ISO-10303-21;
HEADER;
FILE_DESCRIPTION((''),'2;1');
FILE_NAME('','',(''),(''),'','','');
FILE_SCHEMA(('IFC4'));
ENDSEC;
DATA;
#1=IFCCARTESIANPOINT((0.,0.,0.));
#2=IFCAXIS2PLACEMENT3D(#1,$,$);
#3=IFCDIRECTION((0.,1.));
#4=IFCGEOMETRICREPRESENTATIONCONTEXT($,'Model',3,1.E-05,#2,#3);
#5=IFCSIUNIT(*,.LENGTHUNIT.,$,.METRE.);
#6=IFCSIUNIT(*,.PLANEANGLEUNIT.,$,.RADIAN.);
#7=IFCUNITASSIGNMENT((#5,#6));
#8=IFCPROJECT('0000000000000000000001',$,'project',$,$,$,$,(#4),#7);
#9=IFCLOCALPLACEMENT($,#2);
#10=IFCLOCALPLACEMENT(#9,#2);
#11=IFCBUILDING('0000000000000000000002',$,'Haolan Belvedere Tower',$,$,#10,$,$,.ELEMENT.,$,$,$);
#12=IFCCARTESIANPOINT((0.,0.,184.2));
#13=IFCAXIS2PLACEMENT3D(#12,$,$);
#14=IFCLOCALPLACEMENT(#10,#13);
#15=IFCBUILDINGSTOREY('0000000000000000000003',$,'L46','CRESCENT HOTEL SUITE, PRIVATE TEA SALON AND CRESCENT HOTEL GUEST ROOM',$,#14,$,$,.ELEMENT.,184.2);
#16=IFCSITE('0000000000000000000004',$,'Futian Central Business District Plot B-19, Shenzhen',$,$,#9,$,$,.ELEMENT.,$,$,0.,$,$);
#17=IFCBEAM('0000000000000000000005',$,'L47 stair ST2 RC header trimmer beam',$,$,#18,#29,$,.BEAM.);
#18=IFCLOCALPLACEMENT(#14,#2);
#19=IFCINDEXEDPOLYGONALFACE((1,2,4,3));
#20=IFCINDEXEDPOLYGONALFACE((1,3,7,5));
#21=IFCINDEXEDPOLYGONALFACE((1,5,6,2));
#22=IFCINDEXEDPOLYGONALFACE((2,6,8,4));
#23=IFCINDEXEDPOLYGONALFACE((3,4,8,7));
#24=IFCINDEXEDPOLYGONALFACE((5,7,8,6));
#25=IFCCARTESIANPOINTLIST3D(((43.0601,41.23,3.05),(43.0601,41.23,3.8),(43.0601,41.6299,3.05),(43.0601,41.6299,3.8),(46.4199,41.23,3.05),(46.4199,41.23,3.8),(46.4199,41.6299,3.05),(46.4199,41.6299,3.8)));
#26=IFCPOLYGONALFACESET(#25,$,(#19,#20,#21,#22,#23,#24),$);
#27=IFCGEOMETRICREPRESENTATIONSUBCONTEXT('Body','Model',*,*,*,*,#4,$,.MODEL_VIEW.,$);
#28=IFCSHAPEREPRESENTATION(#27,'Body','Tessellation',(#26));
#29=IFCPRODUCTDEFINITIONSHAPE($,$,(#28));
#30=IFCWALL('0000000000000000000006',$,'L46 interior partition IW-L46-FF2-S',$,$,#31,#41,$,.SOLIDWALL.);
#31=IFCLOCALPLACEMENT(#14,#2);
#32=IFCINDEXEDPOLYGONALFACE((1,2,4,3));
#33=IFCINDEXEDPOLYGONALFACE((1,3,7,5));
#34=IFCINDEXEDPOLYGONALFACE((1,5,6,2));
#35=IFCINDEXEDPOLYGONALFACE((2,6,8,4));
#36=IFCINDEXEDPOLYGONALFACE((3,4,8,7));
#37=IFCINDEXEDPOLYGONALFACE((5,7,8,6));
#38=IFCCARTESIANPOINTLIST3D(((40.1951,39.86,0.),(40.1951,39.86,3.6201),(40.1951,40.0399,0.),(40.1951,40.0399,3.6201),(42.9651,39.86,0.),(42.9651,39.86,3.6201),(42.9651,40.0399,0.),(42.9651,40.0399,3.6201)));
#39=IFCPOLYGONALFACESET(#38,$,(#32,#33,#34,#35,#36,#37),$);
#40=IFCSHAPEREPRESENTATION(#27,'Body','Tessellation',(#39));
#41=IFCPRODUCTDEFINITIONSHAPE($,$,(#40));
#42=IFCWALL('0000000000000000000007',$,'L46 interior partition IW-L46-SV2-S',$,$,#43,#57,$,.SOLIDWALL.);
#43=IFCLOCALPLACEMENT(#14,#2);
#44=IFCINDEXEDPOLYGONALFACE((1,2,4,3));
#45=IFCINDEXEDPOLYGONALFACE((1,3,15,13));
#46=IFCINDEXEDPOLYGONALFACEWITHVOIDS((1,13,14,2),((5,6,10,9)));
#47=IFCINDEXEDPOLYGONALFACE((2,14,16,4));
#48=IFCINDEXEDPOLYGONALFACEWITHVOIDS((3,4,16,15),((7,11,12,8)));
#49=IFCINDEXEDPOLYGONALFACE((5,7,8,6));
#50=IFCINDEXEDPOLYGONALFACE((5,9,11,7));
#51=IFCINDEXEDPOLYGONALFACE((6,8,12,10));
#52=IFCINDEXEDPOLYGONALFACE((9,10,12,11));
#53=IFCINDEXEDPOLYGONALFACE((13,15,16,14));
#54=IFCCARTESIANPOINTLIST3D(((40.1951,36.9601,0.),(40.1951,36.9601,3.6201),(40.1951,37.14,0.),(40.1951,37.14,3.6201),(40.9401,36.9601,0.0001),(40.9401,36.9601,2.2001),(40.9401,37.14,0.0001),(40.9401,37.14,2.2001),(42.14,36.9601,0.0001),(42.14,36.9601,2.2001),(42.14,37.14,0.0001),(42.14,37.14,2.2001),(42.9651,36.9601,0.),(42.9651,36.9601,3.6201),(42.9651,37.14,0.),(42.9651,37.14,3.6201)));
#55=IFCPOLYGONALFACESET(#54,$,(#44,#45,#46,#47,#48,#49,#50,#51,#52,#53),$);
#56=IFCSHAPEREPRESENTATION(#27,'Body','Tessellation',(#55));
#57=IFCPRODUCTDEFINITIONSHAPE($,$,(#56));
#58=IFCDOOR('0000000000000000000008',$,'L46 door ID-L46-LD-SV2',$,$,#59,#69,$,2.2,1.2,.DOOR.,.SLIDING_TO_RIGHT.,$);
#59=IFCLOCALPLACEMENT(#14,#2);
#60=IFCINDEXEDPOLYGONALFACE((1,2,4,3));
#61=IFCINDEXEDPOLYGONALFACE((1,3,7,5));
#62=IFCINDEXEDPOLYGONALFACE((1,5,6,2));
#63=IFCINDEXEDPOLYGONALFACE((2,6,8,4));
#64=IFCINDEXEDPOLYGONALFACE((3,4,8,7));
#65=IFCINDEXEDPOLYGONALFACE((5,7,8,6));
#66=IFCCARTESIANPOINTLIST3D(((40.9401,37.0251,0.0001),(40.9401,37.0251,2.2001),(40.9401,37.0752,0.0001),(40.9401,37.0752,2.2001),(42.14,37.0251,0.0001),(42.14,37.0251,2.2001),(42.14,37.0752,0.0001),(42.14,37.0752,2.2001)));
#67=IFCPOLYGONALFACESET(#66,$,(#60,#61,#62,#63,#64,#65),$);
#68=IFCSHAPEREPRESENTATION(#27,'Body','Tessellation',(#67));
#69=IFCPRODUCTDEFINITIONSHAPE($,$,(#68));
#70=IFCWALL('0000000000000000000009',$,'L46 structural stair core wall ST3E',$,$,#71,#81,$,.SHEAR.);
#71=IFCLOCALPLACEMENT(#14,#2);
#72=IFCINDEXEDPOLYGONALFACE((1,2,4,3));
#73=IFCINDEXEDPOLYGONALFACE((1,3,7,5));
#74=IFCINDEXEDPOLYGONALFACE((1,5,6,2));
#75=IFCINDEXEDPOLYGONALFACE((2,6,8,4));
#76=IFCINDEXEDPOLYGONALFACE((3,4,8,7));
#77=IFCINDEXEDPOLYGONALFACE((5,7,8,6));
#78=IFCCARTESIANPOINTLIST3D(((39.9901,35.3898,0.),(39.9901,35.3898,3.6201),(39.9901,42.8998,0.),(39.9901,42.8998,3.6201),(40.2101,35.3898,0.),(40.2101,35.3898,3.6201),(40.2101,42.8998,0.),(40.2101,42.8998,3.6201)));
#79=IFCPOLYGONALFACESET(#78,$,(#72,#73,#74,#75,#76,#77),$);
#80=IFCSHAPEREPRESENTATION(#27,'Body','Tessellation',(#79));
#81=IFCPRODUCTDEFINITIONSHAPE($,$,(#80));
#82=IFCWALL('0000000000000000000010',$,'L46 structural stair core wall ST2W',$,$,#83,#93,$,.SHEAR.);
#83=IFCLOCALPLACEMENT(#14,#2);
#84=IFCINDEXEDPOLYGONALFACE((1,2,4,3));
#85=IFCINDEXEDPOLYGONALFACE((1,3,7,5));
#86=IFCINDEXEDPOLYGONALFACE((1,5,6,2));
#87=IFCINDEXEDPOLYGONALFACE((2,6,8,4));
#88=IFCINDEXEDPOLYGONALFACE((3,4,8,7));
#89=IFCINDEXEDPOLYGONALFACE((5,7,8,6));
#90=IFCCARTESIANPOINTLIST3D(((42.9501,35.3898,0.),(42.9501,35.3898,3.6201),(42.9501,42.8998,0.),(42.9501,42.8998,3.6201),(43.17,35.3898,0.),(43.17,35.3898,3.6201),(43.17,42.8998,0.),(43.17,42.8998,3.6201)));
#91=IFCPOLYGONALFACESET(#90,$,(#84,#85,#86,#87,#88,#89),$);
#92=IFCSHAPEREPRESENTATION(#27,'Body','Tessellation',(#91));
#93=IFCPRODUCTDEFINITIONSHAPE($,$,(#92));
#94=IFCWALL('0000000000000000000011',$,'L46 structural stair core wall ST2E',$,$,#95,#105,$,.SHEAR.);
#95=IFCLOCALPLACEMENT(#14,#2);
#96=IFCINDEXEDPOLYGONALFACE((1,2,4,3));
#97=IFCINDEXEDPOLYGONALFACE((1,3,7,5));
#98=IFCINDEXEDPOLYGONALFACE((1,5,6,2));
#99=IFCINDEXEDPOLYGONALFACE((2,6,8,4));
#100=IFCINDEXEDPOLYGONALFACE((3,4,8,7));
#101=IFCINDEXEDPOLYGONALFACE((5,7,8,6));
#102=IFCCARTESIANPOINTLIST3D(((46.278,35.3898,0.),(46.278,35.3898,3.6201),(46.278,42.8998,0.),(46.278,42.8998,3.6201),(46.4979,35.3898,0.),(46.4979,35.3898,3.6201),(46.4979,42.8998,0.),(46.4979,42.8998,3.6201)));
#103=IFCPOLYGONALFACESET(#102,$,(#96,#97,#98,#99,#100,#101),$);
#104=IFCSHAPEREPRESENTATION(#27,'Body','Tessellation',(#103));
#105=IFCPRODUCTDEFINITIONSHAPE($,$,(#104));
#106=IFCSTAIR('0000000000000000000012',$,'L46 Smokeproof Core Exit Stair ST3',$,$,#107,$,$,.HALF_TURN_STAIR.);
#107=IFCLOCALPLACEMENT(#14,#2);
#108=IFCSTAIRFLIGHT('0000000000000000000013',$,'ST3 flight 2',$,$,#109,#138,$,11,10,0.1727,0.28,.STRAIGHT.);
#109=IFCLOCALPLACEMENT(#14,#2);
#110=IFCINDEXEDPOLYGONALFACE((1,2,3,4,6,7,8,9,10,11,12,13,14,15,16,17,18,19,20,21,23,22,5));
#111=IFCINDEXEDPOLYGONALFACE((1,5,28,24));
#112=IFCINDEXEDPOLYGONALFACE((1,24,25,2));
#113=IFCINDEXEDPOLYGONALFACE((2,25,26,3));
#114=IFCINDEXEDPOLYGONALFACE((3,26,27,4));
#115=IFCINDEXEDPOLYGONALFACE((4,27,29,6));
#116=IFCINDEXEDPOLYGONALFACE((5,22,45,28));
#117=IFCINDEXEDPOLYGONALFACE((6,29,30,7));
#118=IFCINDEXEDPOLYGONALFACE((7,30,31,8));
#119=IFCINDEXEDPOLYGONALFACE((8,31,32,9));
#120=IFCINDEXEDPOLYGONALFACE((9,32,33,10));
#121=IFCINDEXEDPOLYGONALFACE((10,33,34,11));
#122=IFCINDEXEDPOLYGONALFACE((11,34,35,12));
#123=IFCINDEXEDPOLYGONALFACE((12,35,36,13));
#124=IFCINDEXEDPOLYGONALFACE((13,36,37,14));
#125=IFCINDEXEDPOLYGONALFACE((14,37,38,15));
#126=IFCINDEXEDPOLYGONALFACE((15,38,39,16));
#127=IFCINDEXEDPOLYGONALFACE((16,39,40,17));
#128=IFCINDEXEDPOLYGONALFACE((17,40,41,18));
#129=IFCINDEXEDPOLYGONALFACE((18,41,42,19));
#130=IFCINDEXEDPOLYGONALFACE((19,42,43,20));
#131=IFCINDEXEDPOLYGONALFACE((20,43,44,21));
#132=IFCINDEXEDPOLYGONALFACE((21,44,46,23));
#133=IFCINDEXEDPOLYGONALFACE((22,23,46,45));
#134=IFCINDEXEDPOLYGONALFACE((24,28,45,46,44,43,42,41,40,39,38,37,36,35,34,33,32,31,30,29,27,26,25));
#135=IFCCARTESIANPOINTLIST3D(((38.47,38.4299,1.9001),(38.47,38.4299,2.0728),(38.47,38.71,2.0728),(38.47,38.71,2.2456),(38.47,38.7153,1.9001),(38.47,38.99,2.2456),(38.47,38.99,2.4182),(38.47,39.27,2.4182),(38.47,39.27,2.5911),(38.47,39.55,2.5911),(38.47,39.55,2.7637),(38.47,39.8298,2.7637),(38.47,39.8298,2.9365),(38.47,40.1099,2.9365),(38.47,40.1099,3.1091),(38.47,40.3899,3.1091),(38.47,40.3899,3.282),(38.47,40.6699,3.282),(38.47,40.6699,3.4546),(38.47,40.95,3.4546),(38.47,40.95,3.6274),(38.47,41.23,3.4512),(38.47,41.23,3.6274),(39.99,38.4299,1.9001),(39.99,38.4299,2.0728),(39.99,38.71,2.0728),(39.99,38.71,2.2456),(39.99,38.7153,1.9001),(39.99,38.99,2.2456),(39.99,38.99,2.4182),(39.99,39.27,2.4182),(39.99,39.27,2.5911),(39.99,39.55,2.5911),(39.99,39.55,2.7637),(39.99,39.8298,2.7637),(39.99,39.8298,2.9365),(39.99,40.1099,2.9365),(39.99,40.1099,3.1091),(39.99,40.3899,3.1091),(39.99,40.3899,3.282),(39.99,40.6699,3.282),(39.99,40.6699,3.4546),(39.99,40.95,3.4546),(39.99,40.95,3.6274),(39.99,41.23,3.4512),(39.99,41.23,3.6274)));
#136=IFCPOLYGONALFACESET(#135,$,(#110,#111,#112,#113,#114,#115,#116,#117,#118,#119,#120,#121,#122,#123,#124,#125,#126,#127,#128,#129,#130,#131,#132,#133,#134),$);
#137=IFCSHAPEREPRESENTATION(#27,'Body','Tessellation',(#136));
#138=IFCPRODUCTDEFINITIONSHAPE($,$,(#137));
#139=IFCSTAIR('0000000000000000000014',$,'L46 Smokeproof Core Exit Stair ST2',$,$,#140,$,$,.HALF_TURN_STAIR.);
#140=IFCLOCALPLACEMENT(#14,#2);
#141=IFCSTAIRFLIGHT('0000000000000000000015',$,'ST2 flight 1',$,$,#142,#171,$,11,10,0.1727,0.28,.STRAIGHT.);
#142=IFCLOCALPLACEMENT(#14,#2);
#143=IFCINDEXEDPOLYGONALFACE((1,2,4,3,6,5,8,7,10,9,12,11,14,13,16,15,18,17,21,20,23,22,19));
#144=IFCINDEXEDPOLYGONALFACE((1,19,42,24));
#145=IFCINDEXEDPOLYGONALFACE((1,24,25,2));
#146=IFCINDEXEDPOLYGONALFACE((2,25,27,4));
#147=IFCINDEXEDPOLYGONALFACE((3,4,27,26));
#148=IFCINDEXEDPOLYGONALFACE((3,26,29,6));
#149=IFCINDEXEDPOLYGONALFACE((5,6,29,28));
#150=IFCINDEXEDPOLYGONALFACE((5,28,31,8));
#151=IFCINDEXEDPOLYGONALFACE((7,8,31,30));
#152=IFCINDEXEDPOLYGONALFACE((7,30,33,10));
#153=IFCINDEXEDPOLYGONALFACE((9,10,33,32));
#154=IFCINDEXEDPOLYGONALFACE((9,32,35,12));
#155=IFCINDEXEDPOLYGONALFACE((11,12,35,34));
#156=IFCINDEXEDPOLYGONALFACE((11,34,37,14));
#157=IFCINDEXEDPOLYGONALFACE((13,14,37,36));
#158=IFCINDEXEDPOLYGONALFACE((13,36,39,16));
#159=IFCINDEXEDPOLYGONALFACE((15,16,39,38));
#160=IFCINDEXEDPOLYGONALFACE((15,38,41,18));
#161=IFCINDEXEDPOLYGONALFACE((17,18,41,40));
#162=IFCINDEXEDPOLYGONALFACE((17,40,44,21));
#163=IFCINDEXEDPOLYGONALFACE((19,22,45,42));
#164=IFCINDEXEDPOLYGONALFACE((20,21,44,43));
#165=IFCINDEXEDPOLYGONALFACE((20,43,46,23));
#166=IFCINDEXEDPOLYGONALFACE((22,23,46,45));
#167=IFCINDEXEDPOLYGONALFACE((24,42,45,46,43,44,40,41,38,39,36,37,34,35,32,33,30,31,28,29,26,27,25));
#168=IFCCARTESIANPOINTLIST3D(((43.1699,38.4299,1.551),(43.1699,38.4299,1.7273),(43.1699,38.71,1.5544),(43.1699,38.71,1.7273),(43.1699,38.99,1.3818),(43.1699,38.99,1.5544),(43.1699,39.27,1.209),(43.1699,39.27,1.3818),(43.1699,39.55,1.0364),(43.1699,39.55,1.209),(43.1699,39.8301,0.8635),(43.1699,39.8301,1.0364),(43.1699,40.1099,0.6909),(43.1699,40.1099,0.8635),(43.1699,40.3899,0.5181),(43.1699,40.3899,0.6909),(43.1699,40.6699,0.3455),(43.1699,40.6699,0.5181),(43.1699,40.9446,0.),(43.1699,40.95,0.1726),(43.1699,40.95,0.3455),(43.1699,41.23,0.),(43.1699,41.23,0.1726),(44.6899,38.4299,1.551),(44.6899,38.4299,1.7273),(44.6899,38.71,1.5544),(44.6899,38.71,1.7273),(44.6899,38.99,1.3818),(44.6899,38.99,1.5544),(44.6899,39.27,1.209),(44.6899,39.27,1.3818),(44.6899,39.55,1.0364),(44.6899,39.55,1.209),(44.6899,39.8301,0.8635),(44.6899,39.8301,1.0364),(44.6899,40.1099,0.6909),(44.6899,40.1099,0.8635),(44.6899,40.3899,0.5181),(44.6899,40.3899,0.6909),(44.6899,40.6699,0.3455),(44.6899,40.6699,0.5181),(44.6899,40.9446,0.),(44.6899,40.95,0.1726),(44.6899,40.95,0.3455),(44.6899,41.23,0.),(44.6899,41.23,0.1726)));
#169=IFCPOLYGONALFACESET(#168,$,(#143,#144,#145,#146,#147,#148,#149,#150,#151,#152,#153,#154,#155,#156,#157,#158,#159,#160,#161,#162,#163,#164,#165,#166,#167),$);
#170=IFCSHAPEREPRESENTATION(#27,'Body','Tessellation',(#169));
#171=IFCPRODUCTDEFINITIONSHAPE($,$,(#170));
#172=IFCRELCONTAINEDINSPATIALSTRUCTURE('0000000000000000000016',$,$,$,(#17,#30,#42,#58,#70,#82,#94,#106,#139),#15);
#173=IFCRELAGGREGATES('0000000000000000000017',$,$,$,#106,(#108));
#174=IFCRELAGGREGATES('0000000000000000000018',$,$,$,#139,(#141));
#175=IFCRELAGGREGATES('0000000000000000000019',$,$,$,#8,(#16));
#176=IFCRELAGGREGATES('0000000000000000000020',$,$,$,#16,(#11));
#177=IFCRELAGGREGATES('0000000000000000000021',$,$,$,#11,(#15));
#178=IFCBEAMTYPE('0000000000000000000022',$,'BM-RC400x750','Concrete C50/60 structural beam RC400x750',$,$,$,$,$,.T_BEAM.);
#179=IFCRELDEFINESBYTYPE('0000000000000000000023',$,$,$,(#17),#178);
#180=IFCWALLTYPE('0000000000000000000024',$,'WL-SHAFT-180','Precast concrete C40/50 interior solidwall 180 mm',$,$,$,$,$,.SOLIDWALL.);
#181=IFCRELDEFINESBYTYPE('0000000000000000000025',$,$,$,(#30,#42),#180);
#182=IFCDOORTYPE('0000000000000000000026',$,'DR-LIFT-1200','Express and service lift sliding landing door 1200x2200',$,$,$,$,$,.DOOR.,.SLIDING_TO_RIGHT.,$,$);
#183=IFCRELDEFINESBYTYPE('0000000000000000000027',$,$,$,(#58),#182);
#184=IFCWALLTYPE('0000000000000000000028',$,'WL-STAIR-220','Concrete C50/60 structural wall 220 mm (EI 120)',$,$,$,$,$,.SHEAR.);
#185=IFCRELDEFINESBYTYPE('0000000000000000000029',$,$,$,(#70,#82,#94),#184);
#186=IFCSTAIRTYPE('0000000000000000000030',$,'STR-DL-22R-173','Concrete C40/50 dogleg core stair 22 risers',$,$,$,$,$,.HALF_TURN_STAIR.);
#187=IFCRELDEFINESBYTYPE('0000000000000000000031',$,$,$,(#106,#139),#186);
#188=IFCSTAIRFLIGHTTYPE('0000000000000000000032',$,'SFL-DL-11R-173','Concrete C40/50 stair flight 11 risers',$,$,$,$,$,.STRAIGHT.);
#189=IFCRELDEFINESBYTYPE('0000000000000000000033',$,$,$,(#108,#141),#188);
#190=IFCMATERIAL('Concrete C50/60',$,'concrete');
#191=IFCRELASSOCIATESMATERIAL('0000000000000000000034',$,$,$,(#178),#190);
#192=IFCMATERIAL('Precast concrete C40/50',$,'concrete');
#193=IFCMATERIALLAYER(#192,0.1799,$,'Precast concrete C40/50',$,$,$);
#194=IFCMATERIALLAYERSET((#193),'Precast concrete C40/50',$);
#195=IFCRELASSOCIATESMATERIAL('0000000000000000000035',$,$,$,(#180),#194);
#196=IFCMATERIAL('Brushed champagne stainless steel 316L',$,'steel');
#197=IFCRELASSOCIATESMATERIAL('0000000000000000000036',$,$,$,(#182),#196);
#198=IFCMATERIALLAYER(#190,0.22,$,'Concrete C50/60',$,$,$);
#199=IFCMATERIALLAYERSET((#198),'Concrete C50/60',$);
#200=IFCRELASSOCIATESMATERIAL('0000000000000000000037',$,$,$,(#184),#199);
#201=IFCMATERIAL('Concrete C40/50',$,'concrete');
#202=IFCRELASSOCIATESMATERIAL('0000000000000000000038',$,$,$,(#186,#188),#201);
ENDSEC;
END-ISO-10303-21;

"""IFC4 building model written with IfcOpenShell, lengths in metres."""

from ifc_helpers import new_model, si_unit, direction, frame, frame_2d, origin, origin_2d, place, context, subcontext, project, spatial, polyline, rectangle, outline, extrude, material, layer, layer_set, material_profile, profile_set, type_object, element, fill, aggregate, save


model = new_model("IFC4")

# Units and contexts
model_context = context("Model", 3, precision=1e-05, world=origin(), true_north=direction((0.0, 1.0)))
body_context = subcontext(model_context, "Body", "Model", "MODEL_VIEW")
ifc_project = project(units=[si_unit("LENGTHUNIT", "METRE"), si_unit("PLANEANGLEUNIT", "RADIAN")], contexts=[model_context])

# Site, building, storey
site_placement = place(None, origin())
site = spatial("IfcSite", under=ifc_project, at=site_placement, Name="Futian Central Business District Plot B-19, Shenzhen", CompositionType="ELEMENT", RefElevation=0.0)
building_placement = place(site_placement, origin())
building = spatial("IfcBuilding", under=site, at=building_placement, Name="Haolan Belvedere Tower", CompositionType="ELEMENT")
storey_placement = place(building_placement, frame((0.0, 0.0, 184.2)))
storey = spatial("IfcBuildingStorey", under=building, at=storey_placement, Name="L46", Description="CRESCENT HOTEL SUITE, PRIVATE TEA SALON AND CRESCENT HOTEL GUEST ROOM", CompositionType="ELEMENT", Elevation=184.2)

# Beam
ifc_material_1 = material(Name="Concrete C50/60", Category="concrete")
ifc_material_profile = material_profile(ifc_material_1, rectangle(XDim=0.3999, YDim=0.75, at=origin_2d()), Name="Concrete C50/60")
ifc_profile_set = profile_set([ifc_material_profile], Name="Concrete C50/60")
beam_type = type_object("IfcBeamType", Name="BM-RC400x750", Description="Concrete C50/60 structural beam RC400x750", PredefinedType="T_BEAM", material=ifc_profile_set)
beam_placement = place(storey_placement, frame((43.0601, 41.4299, 3.425), z_axis=(1.0, 0.0, 0.0), x_axis=(0.0, 1.0, 0.0)))
element("IfcBeam", 1, at=beam_placement, inside=storey, type_object=beam_type, Name="L47 stair ST2 RC header trimmer beam", PredefinedType="BEAM", context=body_context, shape_type="SweptSolid", body=[
    extrude(rectangle(XDim=0.3999, YDim=0.75, at=origin_2d()), origin(), (0.0, 0.0, 1.0), 3.3599),
])

# Wall
ifc_material_2 = material(Name="Precast concrete C40/50", Category="concrete")
ifc_layer_1 = layer(ifc_material_2, 0.1799, Name="Precast concrete C40/50")
ifc_layer_set_1 = layer_set([ifc_layer_1], Name="Precast concrete C40/50")
wall_type_1 = type_object("IfcWallType", Name="WL-SHAFT-180", Description="Precast concrete C40/50 interior solidwall 180 mm", PredefinedType="SOLIDWALL", material=ifc_layer_set_1)
wall_1_placement = place(storey_placement, frame((40.1951, 39.95, 0.0), z_axis=(0.0, 0.0, 1.0), x_axis=(1.0, 0.0, 0.0)))
element("IfcWall", 2, at=wall_1_placement, inside=storey, type_object=wall_type_1, Name="L46 interior partition IW-L46-FF2-S", PredefinedType="SOLIDWALL", context=body_context, shape_type="SweptSolid", body=[
    extrude(rectangle(XDim=2.77, YDim=0.1799, at=frame_2d((1.385, 0.0))), origin(), (0.0, 0.0, 1.0), 3.6201),
])

# Wall, opening, door
wall_2_placement = place(storey_placement, frame((40.1951, 37.05, 0.0), z_axis=(0.0, 0.0, 1.0), x_axis=(1.0, 0.0, 0.0)))
wall_2 = element("IfcWall", 3, at=wall_2_placement, inside=storey, type_object=wall_type_1, Name="L46 interior partition IW-L46-SV2-S", PredefinedType="SOLIDWALL", context=body_context, shape_type="SweptSolid", body=[
    extrude(rectangle(XDim=2.77, YDim=0.1799, at=frame_2d((1.385, 0.0))), origin(), (0.0, 0.0, 1.0), 3.6201),
])
opening_placement = place(wall_2_placement, frame((1.9451, 0.0, 0.0), z_axis=(0.0, 0.0, 1.0), x_axis=(-1.0, 0.0, 0.0)))
opening = element("IfcOpeningElement", 4, at=opening_placement, cuts=wall_2, PredefinedType="OPENING", context=body_context, shape_type="SweptSolid", body=[
    extrude(rectangle(XDim=1.2, YDim=2.2, at=frame_2d((0.6001, 1.1001))), frame((0.0, 0.0999, 0.0), z_axis=(0.0, -1.0, 0.0), x_axis=(1.0, 0.0, 0.0)), (0.0, 0.0, 1.0), 0.2),
])
ifc_material_3 = material(Name="Brushed champagne stainless steel 316L", Category="steel")
door_type = type_object("IfcDoorType", Name="DR-LIFT-1200", Description="Express and service lift sliding landing door 1200x2200", OperationType="SLIDING_TO_RIGHT", PredefinedType="DOOR", material=ifc_material_3)
door_placement = place(opening_placement, origin())
door = element("IfcDoor", 5, at=door_placement, inside=storey, type_object=door_type, Name="L46 door ID-L46-LD-SV2", OperationType="SLIDING_TO_RIGHT", OverallHeight=2.2, OverallWidth=1.2, PredefinedType="DOOR", context=body_context, shape_type="SweptSolid", body=[
    extrude(rectangle(XDim=1.2, YDim=2.2, at=frame_2d((0.6001, 1.1001))), frame((0.0, 0.0249, 0.0), z_axis=(0.0, -1.0, 0.0), x_axis=(1.0, 0.0, 0.0)), (0.0, 0.0, 1.0), 0.05),
])
fill(opening, door)

# Walls
ifc_layer_2 = layer(ifc_material_1, 0.22, Name="Concrete C50/60")
ifc_layer_set_2 = layer_set([ifc_layer_2], Name="Concrete C50/60")
wall_type_2 = type_object("IfcWallType", Name="WL-STAIR-220", Description="Concrete C50/60 structural wall 220 mm (EI 120)", PredefinedType="SHEAR", material=ifc_layer_set_2)
for number, where, z_axis, x_axis, name in (
    (6, (40.1001, 35.3899, 0.0), (0.0, 0.0, 1.0), (0.0, 1.0, 0.0), "L46 structural stair core wall ST3E"),
    (7, (43.0601, 35.3899, 0.0), (0.0, 0.0, 1.0), (0.0, 1.0, 0.0), "L46 structural stair core wall ST2W"),
    (8, (46.3879, 35.3899, 0.0), (0.0, 0.0, 1.0), (0.0, 1.0, 0.0), "L46 structural stair core wall ST2E"),
):
    element("IfcWall", number, at=place(storey_placement, frame(where, z_axis=z_axis, x_axis=x_axis)), inside=storey, type_object=wall_type_2, Name=name, PredefinedType="SHEAR", context=body_context, shape_type="SweptSolid", body=[
        extrude(rectangle(XDim=7.51, YDim=0.22, at=frame_2d((3.7549, 0.0))), origin(), (0.0, 0.0, 1.0), 3.6201),
    ])

# Stair, stair flight
ifc_material_4 = material(Name="Concrete C40/50", Category="concrete")
stair_type = type_object("IfcStairType", Name="STR-DL-22R-173", Description="Concrete C40/50 dogleg core stair 22 risers", PredefinedType="HALF_TURN_STAIR", material=ifc_material_4)
stair_1_placement = place(storey_placement, origin())
stair_1 = element("IfcStair", 9, at=stair_1_placement, inside=storey, type_object=stair_type, Name="L46 Smokeproof Core Exit Stair ST3", PredefinedType="HALF_TURN_STAIR")
stair_flight_type = type_object("IfcStairFlightType", Name="SFL-DL-11R-173", Description="Concrete C40/50 stair flight 11 risers", PredefinedType="STRAIGHT", material=ifc_material_4)
stair_flight_1_placement = place(storey_placement, frame((39.23, 38.4299, 1.9001), z_axis=(0.0, 0.0, 1.0), x_axis=(0.0, 1.0, 0.0)))
stair_flight_1 = element("IfcStairFlight", 10, at=stair_flight_1_placement, type_object=stair_flight_type, Name="ST3 flight 2", NumberOfRisers=11, NumberOfTreads=10, PredefinedType="STRAIGHT", RiserHeight=0.1727, TreadLength=0.28, context=body_context, shape_type="SweptSolid", body=[
    extrude(outline(polyline([(0.0, 0.0), (0.0, 0.1726), (0.28, 0.1726), (0.28, 0.3455), (0.5601, 0.3455), (0.5601, 0.5181), (0.8401, 0.5181), (0.8401, 0.6909), (1.1201, 0.6909), (1.1201, 0.8635), (1.3999, 0.8635), (1.3999, 1.0364), (1.6799, 1.0364), (1.6799, 1.209), (1.96, 1.209), (1.96, 1.3818), (2.24, 1.3818), (2.24, 1.5544), (2.52, 1.5544), (2.52, 1.7273), (2.8, 1.7273), (2.8, 1.8999), (2.8, 1.551), (0.2854, 0.0), (0.0, 0.0)])), frame((0.0, 0.76, 0.0), z_axis=(0.0, -1.0, 0.0), x_axis=(1.0, 0.0, 0.0)), (0.0, 0.0, 1.0), 1.52),
])
aggregate(stair_1, [stair_flight_1])

# Stair, stair flight
stair_2_placement = place(storey_placement, origin())
stair_2 = element("IfcStair", 11, at=stair_2_placement, inside=storey, type_object=stair_type, Name="L46 Smokeproof Core Exit Stair ST2", PredefinedType="HALF_TURN_STAIR")
stair_flight_2_placement = place(storey_placement, frame((43.9299, 41.23, 0.0), z_axis=(0.0, 0.0, 1.0), x_axis=(0.0, -1.0, 0.0)))
stair_flight_2 = element("IfcStairFlight", 12, at=stair_flight_2_placement, type_object=stair_flight_type, Name="ST2 flight 1", NumberOfRisers=11, NumberOfTreads=10, PredefinedType="STRAIGHT", RiserHeight=0.1727, TreadLength=0.28, context=body_context, shape_type="SweptSolid", body=[
    extrude(outline(polyline([(0.0, 0.0), (0.0, 0.1726), (0.28, 0.1726), (0.28, 0.3455), (0.5601, 0.3455), (0.5601, 0.5181), (0.8401, 0.5181), (0.8401, 0.6909), (1.1201, 0.6909), (1.1201, 0.8635), (1.3999, 0.8635), (1.3999, 1.0364), (1.6799, 1.0364), (1.6799, 1.209), (1.96, 1.209), (1.96, 1.3818), (2.24, 1.3818), (2.24, 1.5544), (2.52, 1.5544), (2.52, 1.7273), (2.8, 1.7273), (2.8, 1.8999), (2.8, 1.551), (0.2854, 0.0), (0.0, 0.0)])), frame((0.0, 0.76, 0.0), z_axis=(0.0, -1.0, 0.0), x_axis=(1.0, 0.0, 0.0)), (0.0, 0.0, 1.0), 1.52),
])
aggregate(stair_2, [stair_flight_2])

save(model, "model.ifc")
